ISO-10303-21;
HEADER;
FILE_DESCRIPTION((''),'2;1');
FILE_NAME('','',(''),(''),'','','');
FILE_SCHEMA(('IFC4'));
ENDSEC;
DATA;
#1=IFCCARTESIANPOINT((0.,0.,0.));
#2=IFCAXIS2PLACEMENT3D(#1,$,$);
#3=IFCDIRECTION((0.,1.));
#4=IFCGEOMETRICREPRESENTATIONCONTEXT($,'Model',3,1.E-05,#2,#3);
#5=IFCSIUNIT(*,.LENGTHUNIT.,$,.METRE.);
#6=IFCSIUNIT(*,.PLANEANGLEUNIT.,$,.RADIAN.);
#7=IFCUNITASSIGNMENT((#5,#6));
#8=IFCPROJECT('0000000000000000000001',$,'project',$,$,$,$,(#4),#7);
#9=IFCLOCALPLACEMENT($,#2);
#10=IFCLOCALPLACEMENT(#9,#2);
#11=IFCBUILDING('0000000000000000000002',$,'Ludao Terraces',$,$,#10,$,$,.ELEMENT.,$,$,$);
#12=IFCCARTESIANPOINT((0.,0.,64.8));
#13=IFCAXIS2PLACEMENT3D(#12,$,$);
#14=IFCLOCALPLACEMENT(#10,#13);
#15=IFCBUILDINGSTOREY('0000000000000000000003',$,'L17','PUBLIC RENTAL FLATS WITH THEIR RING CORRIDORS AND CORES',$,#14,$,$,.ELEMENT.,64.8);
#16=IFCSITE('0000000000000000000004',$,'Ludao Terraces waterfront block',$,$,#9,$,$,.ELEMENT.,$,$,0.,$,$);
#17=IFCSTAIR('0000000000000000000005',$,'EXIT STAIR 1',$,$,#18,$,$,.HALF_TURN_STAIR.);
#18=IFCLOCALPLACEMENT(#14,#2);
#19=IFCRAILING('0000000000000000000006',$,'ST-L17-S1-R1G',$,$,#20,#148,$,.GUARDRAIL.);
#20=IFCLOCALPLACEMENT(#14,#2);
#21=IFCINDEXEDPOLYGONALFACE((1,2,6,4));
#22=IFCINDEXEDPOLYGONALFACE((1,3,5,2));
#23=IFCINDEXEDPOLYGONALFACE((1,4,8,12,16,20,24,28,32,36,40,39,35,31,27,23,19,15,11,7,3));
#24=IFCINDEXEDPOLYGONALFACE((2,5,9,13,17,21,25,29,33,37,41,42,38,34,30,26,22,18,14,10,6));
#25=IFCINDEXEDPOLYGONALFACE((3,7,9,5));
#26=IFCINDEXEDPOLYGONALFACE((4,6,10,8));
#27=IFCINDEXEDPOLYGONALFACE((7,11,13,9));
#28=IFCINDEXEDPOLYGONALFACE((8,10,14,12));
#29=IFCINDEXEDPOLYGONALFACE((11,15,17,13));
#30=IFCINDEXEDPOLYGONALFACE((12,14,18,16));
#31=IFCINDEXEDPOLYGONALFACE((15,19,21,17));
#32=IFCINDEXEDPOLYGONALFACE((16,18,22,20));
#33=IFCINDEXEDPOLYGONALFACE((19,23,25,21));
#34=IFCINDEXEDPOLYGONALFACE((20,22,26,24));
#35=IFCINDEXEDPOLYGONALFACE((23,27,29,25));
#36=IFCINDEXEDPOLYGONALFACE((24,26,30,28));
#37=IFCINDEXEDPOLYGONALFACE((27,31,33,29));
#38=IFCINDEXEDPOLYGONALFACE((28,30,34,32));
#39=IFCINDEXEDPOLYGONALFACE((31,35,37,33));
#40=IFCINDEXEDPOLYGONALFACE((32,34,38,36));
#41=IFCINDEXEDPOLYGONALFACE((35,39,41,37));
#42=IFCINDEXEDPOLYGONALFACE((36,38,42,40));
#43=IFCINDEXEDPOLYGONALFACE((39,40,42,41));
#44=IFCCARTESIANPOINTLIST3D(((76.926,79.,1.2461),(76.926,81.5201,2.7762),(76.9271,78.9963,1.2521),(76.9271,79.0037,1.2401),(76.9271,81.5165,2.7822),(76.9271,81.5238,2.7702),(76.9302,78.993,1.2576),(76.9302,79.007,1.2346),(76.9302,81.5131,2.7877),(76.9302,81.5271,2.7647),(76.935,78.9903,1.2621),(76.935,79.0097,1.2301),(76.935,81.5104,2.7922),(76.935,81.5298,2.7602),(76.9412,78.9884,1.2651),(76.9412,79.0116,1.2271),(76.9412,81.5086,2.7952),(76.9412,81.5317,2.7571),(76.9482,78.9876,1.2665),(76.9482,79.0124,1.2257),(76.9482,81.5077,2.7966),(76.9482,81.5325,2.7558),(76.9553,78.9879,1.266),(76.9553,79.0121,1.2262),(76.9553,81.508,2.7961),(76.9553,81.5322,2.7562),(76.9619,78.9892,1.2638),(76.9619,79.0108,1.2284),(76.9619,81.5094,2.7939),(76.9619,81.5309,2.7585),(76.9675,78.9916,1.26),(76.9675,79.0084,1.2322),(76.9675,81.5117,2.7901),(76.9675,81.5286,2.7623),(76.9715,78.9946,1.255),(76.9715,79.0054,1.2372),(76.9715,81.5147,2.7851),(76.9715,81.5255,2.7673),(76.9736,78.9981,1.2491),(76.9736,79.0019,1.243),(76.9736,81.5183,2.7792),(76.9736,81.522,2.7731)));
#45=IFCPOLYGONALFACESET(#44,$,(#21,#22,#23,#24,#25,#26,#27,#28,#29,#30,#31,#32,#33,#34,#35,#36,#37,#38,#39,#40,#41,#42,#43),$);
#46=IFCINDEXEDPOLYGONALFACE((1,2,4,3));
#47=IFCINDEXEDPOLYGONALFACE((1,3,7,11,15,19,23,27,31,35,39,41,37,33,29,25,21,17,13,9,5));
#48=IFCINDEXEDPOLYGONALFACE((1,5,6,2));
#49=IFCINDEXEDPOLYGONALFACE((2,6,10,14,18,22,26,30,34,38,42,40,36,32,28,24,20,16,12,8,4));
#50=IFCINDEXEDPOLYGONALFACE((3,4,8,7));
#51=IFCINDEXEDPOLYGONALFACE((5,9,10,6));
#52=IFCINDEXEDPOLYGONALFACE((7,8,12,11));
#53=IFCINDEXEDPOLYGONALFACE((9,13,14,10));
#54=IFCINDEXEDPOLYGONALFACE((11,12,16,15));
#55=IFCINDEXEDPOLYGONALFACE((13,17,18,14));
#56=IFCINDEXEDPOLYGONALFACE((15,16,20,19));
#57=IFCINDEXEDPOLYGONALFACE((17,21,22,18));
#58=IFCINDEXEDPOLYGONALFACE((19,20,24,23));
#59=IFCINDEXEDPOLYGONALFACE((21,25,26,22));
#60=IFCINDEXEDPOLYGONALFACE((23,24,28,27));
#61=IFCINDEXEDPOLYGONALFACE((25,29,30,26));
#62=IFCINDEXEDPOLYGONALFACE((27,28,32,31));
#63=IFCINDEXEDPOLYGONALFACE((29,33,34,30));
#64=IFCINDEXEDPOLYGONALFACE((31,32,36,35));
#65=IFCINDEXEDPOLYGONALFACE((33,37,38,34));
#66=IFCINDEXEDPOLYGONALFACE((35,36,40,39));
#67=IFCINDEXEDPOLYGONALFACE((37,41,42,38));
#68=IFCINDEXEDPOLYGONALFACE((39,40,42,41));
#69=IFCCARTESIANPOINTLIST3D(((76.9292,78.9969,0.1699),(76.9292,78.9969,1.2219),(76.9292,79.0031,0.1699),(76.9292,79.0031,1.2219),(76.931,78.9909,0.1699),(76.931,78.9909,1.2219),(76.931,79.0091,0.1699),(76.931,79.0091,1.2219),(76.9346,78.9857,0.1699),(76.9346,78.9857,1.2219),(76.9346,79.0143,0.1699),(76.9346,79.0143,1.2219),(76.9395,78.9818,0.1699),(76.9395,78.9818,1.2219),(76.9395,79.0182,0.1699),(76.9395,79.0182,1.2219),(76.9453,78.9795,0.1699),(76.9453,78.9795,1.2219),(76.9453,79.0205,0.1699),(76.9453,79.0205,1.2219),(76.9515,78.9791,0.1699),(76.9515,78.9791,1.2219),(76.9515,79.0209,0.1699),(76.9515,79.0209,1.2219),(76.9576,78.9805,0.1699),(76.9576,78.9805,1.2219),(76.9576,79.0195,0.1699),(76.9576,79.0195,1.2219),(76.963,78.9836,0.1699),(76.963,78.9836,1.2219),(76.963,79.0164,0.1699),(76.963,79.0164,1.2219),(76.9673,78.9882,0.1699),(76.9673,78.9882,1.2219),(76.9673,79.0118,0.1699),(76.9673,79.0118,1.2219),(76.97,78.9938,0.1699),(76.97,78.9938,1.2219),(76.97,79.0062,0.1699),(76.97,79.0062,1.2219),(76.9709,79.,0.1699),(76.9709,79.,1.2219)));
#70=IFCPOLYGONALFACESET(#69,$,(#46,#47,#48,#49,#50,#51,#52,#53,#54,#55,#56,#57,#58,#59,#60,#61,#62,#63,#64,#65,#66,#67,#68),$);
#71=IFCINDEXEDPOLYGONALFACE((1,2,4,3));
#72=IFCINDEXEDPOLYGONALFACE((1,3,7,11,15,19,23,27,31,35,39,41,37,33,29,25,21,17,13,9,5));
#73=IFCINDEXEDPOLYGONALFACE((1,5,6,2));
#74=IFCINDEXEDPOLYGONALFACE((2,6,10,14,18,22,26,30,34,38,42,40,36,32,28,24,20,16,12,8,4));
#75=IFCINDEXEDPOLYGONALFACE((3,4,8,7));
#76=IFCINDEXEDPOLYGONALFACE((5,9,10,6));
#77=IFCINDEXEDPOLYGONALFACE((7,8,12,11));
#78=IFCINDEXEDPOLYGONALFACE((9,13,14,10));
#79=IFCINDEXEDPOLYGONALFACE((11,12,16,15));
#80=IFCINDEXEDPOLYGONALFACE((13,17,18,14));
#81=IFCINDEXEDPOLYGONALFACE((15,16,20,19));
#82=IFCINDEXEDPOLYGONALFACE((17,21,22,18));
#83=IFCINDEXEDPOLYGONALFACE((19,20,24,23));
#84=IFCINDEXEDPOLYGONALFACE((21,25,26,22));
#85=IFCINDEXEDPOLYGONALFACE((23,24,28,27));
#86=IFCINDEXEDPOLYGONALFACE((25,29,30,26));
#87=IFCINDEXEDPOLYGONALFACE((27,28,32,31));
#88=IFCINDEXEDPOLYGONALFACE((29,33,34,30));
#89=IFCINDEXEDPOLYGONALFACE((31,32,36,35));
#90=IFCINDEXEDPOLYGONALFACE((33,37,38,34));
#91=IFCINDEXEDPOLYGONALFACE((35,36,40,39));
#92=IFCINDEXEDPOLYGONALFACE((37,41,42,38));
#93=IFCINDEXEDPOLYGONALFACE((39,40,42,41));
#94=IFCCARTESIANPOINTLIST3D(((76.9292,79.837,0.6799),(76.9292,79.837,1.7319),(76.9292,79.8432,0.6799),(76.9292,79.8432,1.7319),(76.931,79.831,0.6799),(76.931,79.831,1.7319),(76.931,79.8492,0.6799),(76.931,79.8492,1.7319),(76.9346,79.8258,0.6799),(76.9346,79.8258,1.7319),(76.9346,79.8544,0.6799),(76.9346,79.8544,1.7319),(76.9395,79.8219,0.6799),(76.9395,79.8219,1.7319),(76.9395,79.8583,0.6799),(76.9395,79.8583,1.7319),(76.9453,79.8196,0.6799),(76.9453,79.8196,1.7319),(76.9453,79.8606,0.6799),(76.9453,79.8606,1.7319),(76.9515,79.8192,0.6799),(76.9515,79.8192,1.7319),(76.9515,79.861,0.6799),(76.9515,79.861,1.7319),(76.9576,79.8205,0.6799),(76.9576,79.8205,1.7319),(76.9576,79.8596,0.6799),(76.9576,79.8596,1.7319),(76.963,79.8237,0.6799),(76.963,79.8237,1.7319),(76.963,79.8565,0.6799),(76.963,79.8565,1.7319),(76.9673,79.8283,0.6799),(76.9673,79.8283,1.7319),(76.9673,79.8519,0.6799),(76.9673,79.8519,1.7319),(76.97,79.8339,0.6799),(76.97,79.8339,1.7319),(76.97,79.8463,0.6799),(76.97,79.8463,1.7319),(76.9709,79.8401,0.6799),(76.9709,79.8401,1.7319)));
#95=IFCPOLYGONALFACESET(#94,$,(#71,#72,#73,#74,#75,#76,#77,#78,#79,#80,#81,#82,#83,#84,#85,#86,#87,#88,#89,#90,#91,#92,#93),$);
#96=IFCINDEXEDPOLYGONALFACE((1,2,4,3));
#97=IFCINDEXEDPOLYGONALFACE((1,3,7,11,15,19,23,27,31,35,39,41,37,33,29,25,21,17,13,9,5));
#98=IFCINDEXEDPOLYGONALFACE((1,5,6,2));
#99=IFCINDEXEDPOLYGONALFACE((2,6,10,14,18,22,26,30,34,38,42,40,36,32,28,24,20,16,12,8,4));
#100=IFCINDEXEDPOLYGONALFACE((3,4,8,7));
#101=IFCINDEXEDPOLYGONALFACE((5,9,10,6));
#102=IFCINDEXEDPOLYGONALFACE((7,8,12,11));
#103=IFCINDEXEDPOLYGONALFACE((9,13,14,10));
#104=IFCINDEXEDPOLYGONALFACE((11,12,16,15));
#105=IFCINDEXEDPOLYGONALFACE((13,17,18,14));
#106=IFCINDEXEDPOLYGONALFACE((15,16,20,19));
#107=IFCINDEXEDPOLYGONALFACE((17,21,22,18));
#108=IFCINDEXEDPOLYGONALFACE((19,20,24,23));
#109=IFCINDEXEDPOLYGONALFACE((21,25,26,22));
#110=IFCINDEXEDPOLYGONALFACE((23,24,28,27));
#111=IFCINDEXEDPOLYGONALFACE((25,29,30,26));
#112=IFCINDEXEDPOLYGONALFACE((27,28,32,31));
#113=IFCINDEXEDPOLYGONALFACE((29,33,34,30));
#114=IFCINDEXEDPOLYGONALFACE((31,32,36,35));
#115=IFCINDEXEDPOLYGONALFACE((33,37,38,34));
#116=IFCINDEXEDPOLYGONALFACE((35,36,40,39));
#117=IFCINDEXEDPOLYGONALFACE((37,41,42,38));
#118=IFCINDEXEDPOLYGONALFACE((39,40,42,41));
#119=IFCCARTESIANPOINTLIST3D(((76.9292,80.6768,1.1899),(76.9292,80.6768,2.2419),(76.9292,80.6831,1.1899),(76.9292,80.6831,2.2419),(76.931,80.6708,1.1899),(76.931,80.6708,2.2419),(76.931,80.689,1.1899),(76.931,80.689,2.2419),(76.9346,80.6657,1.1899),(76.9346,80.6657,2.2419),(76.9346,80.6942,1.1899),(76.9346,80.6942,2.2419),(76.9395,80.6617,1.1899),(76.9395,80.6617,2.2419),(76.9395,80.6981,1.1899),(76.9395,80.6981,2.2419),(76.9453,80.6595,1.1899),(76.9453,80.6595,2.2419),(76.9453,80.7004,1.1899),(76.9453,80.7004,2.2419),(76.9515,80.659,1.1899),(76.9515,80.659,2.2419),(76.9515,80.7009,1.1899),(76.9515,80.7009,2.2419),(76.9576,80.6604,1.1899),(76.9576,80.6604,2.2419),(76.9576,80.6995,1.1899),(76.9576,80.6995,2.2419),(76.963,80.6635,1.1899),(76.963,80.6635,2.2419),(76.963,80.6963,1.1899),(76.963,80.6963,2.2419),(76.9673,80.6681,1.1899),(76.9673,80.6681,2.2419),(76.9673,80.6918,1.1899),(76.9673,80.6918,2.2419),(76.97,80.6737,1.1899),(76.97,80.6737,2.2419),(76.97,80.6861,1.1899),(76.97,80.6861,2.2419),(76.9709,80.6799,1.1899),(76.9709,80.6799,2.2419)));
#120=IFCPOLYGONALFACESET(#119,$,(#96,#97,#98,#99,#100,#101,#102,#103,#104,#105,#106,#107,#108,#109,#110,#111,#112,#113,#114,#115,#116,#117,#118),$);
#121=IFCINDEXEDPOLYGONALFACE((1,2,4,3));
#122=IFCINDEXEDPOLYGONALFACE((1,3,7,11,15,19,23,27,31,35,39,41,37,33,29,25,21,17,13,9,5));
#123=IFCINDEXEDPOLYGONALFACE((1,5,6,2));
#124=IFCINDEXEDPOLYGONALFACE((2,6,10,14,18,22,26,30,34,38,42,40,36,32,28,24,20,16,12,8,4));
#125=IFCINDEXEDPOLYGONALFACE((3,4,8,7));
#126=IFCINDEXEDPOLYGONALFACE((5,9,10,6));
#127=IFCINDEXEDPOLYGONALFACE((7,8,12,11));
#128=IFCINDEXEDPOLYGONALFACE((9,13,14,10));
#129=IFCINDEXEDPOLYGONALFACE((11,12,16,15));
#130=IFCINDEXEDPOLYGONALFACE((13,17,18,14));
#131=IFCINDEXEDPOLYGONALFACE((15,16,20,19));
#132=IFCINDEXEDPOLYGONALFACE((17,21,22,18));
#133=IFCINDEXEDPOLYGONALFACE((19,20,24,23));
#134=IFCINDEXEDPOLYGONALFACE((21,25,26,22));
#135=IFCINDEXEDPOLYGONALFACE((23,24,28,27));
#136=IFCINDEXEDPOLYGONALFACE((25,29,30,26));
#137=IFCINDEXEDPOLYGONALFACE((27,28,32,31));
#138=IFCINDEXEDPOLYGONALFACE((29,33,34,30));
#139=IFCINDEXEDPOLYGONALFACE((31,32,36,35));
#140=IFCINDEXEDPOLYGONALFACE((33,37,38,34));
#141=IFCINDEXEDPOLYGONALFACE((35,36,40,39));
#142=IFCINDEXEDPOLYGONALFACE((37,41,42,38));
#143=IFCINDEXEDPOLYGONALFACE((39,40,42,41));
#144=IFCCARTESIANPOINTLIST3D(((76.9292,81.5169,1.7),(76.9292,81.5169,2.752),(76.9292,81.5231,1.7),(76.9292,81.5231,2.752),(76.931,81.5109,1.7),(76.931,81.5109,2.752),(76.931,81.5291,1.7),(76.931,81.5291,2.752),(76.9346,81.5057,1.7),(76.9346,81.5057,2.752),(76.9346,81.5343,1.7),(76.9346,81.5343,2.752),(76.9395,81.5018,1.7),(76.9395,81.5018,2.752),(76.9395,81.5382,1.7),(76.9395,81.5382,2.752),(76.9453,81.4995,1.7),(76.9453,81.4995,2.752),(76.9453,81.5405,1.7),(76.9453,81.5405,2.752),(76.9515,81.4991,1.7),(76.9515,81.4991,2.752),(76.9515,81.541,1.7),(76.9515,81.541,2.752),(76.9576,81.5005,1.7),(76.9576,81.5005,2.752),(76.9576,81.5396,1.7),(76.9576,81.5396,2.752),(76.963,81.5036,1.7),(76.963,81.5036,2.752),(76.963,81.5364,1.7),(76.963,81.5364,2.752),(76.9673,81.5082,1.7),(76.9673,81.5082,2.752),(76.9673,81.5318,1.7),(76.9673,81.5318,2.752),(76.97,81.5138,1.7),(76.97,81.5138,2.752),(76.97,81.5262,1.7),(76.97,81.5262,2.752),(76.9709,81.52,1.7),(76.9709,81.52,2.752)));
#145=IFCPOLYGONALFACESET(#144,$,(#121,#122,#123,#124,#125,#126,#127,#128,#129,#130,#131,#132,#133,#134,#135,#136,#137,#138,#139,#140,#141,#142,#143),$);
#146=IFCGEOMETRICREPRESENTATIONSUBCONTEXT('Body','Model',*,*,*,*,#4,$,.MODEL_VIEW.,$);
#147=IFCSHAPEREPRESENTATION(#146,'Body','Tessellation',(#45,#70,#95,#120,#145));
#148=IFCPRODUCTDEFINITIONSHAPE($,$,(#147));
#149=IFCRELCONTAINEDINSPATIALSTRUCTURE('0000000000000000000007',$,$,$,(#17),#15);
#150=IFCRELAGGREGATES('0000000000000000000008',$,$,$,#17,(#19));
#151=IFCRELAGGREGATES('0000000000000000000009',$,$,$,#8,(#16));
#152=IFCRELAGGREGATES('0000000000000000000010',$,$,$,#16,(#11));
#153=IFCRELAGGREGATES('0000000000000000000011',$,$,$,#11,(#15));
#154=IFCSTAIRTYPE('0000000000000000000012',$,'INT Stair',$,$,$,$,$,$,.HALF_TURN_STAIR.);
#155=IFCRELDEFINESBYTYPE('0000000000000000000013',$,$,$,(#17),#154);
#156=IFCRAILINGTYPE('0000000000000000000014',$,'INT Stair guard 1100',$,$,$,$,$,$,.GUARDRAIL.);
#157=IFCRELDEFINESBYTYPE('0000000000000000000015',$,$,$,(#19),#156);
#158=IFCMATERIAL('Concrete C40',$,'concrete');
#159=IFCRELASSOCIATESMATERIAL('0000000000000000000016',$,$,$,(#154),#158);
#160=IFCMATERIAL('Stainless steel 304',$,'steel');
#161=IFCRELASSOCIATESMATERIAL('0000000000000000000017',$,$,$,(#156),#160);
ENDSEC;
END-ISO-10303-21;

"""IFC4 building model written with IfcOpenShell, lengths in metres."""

from ifc_helpers import new_model, si_unit, direction, frame, origin, origin_2d, place, context, subcontext, project, spatial, circle, extrude, material, type_object, element, aggregate, save


model = new_model("IFC4")

# Units and contexts
model_context = context("Model", 3, precision=1e-05, world=origin(), true_north=direction((0.0, 1.0)))
body_context = subcontext(model_context, "Body", "Model", "MODEL_VIEW")
ifc_project = project(units=[si_unit("LENGTHUNIT", "METRE"), si_unit("PLANEANGLEUNIT", "RADIAN")], contexts=[model_context])

# Site, building, storey
site_placement = place(None, origin())
site = spatial("IfcSite", under=ifc_project, at=site_placement, Name="Ludao Terraces waterfront block", CompositionType="ELEMENT", RefElevation=0.0)
building_placement = place(site_placement, origin())
building = spatial("IfcBuilding", under=site, at=building_placement, Name="Ludao Terraces", CompositionType="ELEMENT")
storey_placement = place(building_placement, frame((0.0, 0.0, 64.8)))
storey = spatial("IfcBuildingStorey", under=building, at=storey_placement, Name="L17", Description="PUBLIC RENTAL FLATS WITH THEIR RING CORRIDORS AND CORES", CompositionType="ELEMENT", Elevation=64.8)

# Stair, railing
ifc_material_1 = material(Name="Concrete C40", Category="concrete")
stair_type = type_object("IfcStairType", Name="INT Stair", PredefinedType="HALF_TURN_STAIR", material=ifc_material_1)
stair_placement = place(storey_placement, origin())
stair = element("IfcStair", 1, at=stair_placement, inside=storey, type_object=stair_type, Name="EXIT STAIR 1", PredefinedType="HALF_TURN_STAIR")
ifc_material_2 = material(Name="Stainless steel 304", Category="steel")
railing_type_1 = type_object("IfcRailingType", Name="INT Stair guard 1100", PredefinedType="GUARDRAIL", material=ifc_material_2)
railing_1_placement = place(storey_placement, frame((76.95, 79.0, 0.1699)))
railing_1 = element("IfcRailing", 2, at=railing_1_placement, type_object=railing_type_1, Name="ST-L17-S1-R1G", PredefinedType="GUARDRAIL", context=body_context, shape_type="SweptSolid", body=[
    extrude(circle(Radius=0.0239, at=origin_2d()), frame((0.0, 0.0, 1.0762), z_axis=(0.0, 0.854785, 0.518982), x_axis=(-1.0, 0.0, 0.0)), (0.0, 0.0, 1.0), 2.9482),
    extrude(circle(Radius=0.021, at=origin_2d()), origin(), (0.0, 0.0, 1.0), 1.052),
    extrude(circle(Radius=0.021, at=origin_2d()), frame((0.0, 0.8401, 0.51)), (0.0, 0.0, 1.0), 1.052),
    extrude(circle(Radius=0.021, at=origin_2d()), frame((0.0, 1.6799, 1.02)), (0.0, 0.0, 1.0), 1.052),
    extrude(circle(Radius=0.021, at=origin_2d()), frame((0.0, 2.52, 1.53)), (0.0, 0.0, 1.0), 1.052),
])
aggregate(stair, [railing_1])

save(model, "model.ifc")
